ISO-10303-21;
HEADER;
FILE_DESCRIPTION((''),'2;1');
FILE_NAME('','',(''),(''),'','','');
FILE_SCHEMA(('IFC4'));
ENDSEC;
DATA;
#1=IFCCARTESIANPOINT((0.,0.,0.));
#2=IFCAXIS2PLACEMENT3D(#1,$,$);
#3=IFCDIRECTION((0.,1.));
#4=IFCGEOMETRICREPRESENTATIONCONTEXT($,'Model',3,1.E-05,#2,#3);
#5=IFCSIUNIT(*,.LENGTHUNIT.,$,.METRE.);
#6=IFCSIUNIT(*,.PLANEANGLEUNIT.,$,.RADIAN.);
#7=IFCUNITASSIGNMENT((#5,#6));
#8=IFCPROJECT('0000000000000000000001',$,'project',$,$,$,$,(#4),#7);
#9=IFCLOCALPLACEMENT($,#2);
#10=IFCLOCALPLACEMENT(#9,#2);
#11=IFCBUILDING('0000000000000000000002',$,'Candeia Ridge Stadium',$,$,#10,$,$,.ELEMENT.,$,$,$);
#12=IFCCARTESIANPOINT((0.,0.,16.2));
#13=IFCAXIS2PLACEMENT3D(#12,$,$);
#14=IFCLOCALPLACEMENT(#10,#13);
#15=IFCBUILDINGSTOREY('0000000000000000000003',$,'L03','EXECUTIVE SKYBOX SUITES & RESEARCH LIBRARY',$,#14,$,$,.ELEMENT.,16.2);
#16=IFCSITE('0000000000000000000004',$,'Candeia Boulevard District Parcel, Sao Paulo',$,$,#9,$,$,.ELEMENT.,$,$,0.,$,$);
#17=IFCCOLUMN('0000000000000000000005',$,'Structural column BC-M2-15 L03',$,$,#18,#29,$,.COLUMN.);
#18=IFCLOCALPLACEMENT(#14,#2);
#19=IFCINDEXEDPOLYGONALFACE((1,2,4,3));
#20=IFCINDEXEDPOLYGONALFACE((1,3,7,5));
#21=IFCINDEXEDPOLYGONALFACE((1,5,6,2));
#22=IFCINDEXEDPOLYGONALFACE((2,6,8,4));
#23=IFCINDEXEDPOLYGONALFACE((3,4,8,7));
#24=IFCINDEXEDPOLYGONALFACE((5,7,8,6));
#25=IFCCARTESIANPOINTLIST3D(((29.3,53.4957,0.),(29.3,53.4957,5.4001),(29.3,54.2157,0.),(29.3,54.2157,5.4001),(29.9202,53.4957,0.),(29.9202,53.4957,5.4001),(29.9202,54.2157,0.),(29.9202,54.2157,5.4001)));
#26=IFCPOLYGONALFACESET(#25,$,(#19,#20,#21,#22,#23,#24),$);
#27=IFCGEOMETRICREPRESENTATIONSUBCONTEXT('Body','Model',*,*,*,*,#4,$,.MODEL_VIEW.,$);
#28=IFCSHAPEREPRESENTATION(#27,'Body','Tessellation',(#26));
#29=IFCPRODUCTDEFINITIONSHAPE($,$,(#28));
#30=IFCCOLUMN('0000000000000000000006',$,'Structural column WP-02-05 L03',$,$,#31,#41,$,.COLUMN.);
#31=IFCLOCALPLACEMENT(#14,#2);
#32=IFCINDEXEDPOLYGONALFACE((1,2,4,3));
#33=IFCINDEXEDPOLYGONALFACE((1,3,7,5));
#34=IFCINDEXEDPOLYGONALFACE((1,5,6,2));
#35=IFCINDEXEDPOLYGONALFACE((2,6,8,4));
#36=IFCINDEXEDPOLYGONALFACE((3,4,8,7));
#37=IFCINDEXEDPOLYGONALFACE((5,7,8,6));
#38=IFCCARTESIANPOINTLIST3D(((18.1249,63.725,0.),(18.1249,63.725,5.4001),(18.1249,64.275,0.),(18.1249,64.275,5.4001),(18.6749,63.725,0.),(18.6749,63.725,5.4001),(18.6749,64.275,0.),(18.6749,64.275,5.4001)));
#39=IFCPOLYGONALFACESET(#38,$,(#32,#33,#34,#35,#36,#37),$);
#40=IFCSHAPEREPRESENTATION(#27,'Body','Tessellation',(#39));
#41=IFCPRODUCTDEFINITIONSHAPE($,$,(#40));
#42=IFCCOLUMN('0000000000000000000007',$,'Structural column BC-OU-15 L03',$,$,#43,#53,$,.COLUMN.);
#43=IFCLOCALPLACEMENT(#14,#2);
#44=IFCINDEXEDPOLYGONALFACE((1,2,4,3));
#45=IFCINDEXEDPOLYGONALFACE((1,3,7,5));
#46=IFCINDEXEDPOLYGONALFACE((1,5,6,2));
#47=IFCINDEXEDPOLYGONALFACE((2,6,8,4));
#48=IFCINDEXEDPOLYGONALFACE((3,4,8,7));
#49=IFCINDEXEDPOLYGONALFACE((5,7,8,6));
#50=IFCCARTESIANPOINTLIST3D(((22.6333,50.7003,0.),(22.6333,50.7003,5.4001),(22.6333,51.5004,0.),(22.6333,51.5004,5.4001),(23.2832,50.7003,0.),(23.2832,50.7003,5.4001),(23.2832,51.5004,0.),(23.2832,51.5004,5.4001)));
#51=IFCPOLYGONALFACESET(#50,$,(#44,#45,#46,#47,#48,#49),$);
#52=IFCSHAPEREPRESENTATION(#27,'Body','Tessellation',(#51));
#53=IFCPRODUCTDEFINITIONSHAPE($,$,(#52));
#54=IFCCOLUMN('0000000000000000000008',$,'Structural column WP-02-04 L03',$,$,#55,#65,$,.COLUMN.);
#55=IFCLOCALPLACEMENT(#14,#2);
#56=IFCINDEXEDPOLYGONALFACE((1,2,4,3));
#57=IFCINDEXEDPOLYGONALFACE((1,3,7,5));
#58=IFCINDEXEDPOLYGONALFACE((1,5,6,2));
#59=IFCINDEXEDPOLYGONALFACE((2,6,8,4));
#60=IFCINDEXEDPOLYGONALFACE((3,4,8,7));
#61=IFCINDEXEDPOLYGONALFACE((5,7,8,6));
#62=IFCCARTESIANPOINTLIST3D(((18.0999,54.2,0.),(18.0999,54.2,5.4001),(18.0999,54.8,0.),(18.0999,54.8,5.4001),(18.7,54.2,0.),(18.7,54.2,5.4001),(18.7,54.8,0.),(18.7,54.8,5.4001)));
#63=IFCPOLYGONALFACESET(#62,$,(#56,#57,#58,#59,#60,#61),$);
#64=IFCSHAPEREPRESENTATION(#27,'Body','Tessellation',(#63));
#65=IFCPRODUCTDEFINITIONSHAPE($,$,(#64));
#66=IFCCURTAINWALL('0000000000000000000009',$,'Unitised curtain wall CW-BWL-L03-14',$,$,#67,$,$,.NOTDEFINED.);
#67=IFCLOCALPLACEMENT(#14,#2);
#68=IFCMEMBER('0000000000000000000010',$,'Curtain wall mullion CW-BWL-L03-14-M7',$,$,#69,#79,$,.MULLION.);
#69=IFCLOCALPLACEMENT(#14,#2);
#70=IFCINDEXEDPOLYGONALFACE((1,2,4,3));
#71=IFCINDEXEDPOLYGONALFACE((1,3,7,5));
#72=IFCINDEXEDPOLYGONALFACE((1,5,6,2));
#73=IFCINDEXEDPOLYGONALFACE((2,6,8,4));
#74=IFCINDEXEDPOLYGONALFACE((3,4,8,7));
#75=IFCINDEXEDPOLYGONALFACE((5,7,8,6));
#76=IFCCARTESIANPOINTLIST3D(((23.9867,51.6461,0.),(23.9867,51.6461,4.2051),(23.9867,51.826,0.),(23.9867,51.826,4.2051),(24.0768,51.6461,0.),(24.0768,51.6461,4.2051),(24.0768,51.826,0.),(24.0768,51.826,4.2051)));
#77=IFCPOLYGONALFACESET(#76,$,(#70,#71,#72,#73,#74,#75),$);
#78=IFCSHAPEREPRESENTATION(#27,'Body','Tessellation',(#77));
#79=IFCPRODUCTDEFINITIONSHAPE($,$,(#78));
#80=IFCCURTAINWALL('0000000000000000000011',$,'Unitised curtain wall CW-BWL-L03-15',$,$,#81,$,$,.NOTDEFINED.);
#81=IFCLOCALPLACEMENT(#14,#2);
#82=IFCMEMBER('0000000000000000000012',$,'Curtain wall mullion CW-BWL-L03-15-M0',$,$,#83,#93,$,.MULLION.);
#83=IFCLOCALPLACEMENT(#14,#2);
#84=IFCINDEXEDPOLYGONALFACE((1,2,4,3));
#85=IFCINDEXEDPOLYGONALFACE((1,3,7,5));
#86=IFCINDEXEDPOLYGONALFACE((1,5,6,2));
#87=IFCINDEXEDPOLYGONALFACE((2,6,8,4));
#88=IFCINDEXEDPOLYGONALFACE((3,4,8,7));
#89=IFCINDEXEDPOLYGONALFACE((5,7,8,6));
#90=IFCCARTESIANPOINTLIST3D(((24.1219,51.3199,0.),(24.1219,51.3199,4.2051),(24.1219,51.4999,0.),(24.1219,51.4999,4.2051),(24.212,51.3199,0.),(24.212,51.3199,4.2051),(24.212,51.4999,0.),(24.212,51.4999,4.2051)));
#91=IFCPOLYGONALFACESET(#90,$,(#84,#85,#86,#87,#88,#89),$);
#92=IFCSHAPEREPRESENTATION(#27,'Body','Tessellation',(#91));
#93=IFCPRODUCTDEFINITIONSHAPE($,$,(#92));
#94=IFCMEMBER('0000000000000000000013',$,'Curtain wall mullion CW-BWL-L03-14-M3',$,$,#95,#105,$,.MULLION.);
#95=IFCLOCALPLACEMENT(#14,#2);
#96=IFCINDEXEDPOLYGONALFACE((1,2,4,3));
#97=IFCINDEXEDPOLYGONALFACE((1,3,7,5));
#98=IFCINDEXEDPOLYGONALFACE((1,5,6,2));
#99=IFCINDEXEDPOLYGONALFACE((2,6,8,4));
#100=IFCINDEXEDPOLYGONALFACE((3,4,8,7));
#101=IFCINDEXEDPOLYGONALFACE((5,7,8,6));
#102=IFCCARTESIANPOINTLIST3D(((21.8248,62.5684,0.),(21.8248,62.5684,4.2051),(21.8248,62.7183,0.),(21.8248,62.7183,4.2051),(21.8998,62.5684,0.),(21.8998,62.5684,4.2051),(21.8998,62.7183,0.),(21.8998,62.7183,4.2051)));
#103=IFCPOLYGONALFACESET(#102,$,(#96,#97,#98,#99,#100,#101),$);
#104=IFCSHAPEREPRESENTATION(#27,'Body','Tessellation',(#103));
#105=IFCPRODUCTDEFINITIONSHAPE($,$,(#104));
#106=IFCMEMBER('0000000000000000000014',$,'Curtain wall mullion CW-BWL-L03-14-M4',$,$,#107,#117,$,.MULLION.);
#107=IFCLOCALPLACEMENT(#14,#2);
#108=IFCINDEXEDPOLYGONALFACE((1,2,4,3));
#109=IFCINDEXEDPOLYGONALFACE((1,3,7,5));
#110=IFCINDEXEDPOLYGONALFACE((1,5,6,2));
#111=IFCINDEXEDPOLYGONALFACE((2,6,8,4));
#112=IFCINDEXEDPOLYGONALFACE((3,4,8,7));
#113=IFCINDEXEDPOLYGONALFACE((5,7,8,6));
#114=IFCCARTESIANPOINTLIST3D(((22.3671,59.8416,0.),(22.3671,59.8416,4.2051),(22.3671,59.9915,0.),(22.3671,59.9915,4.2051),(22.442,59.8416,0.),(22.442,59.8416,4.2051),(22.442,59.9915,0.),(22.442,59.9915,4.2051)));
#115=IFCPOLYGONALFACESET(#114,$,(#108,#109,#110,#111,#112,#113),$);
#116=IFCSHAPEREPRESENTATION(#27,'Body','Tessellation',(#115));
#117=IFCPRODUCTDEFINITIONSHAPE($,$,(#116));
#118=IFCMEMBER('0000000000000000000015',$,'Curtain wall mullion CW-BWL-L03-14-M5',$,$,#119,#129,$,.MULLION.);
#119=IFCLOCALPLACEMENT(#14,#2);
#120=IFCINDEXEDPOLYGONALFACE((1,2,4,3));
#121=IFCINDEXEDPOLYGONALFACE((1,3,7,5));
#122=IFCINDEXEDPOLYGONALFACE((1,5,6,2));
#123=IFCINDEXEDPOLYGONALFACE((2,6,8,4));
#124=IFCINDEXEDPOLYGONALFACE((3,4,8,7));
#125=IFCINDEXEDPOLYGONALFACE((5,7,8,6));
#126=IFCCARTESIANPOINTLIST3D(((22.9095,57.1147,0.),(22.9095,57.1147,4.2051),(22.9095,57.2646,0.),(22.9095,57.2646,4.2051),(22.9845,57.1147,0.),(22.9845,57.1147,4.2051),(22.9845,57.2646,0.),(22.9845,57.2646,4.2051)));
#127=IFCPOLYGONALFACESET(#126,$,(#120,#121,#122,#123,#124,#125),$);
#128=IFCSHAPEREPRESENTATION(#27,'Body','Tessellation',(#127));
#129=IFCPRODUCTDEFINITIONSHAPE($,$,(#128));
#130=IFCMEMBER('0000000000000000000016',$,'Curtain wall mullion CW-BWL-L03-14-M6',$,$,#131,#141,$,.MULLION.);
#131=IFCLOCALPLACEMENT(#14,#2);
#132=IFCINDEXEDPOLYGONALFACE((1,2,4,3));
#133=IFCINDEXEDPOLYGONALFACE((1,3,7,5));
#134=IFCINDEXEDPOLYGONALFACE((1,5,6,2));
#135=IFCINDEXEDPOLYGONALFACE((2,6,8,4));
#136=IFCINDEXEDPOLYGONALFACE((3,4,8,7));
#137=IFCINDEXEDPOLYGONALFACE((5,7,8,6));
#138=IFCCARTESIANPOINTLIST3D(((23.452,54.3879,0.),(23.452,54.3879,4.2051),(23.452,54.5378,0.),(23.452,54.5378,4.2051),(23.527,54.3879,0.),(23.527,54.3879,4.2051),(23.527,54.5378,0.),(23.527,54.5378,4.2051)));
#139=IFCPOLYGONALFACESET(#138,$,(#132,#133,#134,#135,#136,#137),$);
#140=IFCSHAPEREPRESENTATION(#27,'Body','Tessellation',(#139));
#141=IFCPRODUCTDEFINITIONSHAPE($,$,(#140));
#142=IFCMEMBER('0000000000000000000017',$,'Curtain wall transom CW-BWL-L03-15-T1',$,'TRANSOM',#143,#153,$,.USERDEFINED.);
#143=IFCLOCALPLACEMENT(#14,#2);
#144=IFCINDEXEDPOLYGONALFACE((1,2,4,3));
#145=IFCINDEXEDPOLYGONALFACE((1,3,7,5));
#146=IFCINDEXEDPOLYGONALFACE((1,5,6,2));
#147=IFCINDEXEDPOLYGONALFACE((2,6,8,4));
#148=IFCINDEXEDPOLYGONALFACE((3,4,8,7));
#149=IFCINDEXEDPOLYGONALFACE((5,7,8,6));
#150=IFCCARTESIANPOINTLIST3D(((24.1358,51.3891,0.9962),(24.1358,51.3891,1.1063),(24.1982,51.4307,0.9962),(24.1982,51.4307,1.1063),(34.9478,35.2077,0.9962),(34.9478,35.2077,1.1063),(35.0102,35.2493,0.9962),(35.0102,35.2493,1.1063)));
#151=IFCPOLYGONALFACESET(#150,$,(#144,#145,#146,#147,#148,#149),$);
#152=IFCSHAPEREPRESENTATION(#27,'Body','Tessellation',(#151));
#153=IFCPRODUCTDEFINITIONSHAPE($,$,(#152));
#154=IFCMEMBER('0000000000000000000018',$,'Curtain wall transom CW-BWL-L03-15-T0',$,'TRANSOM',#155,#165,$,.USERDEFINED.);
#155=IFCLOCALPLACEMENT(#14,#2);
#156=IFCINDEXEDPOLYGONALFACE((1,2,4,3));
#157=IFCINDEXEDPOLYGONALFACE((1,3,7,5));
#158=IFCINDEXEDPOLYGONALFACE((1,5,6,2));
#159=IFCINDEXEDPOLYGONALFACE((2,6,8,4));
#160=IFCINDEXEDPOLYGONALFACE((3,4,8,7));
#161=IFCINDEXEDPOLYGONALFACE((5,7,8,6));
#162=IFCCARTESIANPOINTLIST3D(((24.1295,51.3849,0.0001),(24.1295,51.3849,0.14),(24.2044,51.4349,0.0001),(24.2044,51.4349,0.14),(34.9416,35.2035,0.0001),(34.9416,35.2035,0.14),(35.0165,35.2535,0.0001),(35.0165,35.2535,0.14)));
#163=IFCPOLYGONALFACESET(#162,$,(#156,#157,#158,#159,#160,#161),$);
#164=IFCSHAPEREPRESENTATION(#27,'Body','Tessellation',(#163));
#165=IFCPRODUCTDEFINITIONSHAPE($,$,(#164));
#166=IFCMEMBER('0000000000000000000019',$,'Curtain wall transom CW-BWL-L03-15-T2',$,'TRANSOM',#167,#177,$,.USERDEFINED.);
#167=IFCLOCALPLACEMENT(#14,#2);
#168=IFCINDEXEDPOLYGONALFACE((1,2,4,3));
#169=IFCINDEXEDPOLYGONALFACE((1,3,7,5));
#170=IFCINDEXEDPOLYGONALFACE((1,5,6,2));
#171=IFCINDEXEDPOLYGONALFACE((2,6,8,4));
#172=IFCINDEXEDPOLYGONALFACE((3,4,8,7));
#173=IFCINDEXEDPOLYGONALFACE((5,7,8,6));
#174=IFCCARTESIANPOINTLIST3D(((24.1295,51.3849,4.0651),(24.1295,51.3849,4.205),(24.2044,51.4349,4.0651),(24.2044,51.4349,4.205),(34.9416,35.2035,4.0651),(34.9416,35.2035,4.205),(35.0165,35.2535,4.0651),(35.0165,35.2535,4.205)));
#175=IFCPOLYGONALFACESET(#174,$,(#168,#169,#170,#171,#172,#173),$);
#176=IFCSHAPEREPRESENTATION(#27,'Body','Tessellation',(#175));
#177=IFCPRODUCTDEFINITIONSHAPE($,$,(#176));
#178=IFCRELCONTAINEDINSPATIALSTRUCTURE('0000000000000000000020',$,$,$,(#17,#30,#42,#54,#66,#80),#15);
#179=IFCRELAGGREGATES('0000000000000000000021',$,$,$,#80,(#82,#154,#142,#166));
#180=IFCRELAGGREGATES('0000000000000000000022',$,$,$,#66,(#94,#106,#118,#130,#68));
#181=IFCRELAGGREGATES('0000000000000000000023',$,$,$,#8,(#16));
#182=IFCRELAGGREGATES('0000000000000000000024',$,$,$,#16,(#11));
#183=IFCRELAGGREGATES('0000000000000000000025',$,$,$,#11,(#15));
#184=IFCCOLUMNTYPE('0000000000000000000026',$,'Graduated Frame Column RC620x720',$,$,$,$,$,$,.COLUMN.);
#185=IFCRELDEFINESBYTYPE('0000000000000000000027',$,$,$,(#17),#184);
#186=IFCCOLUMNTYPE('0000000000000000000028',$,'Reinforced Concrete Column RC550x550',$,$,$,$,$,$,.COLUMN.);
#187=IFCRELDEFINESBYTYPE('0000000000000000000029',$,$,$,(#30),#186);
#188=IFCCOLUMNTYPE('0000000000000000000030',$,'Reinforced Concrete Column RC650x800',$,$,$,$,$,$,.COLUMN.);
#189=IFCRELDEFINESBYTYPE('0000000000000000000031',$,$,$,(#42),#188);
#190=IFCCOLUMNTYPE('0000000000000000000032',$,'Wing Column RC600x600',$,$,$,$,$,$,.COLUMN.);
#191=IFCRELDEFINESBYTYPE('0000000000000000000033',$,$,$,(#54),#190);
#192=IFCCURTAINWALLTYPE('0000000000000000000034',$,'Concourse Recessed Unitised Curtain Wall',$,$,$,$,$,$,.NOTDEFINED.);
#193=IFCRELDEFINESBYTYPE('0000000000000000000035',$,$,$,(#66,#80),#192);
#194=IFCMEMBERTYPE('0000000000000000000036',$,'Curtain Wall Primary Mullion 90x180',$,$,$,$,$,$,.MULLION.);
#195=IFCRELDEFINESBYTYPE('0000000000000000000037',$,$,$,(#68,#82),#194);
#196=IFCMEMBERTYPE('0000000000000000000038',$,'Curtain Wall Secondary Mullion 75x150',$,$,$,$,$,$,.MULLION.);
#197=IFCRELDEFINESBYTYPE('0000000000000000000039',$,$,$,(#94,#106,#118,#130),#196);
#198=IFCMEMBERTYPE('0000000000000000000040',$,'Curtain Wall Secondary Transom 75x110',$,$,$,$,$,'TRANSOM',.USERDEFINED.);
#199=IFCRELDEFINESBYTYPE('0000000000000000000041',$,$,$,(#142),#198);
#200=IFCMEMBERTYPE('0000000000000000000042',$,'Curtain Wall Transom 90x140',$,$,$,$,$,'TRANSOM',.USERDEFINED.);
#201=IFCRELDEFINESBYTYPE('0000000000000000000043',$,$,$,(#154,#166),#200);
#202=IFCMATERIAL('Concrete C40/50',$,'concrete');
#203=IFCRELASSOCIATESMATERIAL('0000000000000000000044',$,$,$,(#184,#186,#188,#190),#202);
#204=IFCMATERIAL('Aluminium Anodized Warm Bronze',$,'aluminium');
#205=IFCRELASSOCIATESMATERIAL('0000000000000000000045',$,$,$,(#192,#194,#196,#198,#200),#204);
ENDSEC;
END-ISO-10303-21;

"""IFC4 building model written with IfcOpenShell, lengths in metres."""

from ifc_helpers import new_model, si_unit, direction, frame, origin, origin_2d, place, context, subcontext, project, spatial, rectangle, extrude, material, material_profile, profile_set, type_object, element, aggregate, save


model = new_model("IFC4")

# Units and contexts
model_context = context("Model", 3, precision=1e-05, world=origin(), true_north=direction((0.0, 1.0)))
body_context = subcontext(model_context, "Body", "Model", "MODEL_VIEW")
ifc_project = project(units=[si_unit("LENGTHUNIT", "METRE"), si_unit("PLANEANGLEUNIT", "RADIAN")], contexts=[model_context])

# Site, building, storey
site_placement = place(None, origin())
site = spatial("IfcSite", under=ifc_project, at=site_placement, Name="Candeia Boulevard District Parcel, Sao Paulo", CompositionType="ELEMENT", RefElevation=0.0)
building_placement = place(site_placement, origin())
building = spatial("IfcBuilding", under=site, at=building_placement, Name="Candeia Ridge Stadium", CompositionType="ELEMENT")
storey_placement = place(building_placement, frame((0.0, 0.0, 16.2)))
storey = spatial("IfcBuildingStorey", under=building, at=storey_placement, Name="L03", Description="EXECUTIVE SKYBOX SUITES & RESEARCH LIBRARY", CompositionType="ELEMENT", Elevation=16.2)

# Columns
ifc_material_1 = material(Name="Concrete C40/50", Category="concrete")
ifc_material_profile_1 = material_profile(ifc_material_1, rectangle(XDim=0.6201, YDim=0.72, at=origin_2d()), Name="RC620x720", Category="concrete")
ifc_profile_set_1 = profile_set([ifc_material_profile_1], Name="Concrete C40/50")
column_type_1 = type_object("IfcColumnType", Name="Graduated Frame Column RC620x720", PredefinedType="COLUMN", material=ifc_profile_set_1)
column_1_placement = place(storey_placement, frame((29.6101, 53.8557, 0.0), z_axis=(0.0, 0.0, 1.0), x_axis=(1.0, 0.0, 0.0)))
element("IfcColumn", 1, at=column_1_placement, inside=storey, type_object=column_type_1, Name="Structural column BC-M2-15 L03", PredefinedType="COLUMN", context=body_context, shape_type="SweptSolid", body=[
    extrude(rectangle(XDim=0.6201, YDim=0.72, at=origin_2d()), origin(), (0.0, 0.0, 1.0), 5.4001),
])
ifc_material_profile_2 = material_profile(ifc_material_1, rectangle(XDim=0.55, YDim=0.55, at=origin_2d()), Name="RC550x550", Category="concrete")
ifc_profile_set_2 = profile_set([ifc_material_profile_2], Name="Concrete C40/50")
column_type_2 = type_object("IfcColumnType", Name="Reinforced Concrete Column RC550x550", PredefinedType="COLUMN", material=ifc_profile_set_2)
column_2_placement = place(storey_placement, frame((18.3999, 64.0, 0.0), z_axis=(0.0, 0.0, 1.0), x_axis=(1.0, 0.0, 0.0)))
element("IfcColumn", 2, at=column_2_placement, inside=storey, type_object=column_type_2, Name="Structural column WP-02-05 L03", PredefinedType="COLUMN", context=body_context, shape_type="SweptSolid", body=[
    extrude(rectangle(XDim=0.55, YDim=0.55, at=origin_2d()), origin(), (0.0, 0.0, 1.0), 5.4001),
])
ifc_material_profile_3 = material_profile(ifc_material_1, rectangle(XDim=0.6499, YDim=0.8, at=origin_2d()), Name="RC650x800", Category="concrete")
ifc_profile_set_3 = profile_set([ifc_material_profile_3], Name="Concrete C40/50")
column_type_3 = type_object("IfcColumnType", Name="Reinforced Concrete Column RC650x800", PredefinedType="COLUMN", material=ifc_profile_set_3)
column_3_placement = place(storey_placement, frame((22.9583, 51.1003, 0.0), z_axis=(0.0, 0.0, 1.0), x_axis=(1.0, 0.0, 0.0)))
element("IfcColumn", 3, at=column_3_placement, inside=storey, type_object=column_type_3, Name="Structural column BC-OU-15 L03", PredefinedType="COLUMN", context=body_context, shape_type="SweptSolid", body=[
    extrude(rectangle(XDim=0.6499, YDim=0.8, at=origin_2d()), origin(), (0.0, 0.0, 1.0), 5.4001),
])
ifc_material_profile_4 = material_profile(ifc_material_1, rectangle(XDim=0.6001, YDim=0.6001, at=origin_2d()), Name="RC600x600", Category="concrete")
ifc_profile_set_4 = profile_set([ifc_material_profile_4], Name="Concrete C40/50")
column_type_4 = type_object("IfcColumnType", Name="Wing Column RC600x600", PredefinedType="COLUMN", material=ifc_profile_set_4)
column_4_placement = place(storey_placement, frame((18.3999, 54.5, 0.0), z_axis=(0.0, 0.0, 1.0), x_axis=(1.0, 0.0, 0.0)))
element("IfcColumn", 4, at=column_4_placement, inside=storey, type_object=column_type_4, Name="Structural column WP-02-04 L03", PredefinedType="COLUMN", context=body_context, shape_type="SweptSolid", body=[
    extrude(rectangle(XDim=0.6001, YDim=0.6001, at=origin_2d()), origin(), (0.0, 0.0, 1.0), 5.4001),
])

# Curtain walls, members
ifc_material_2 = material(Name="Aluminium Anodized Warm Bronze", Category="aluminium")
curtain_wall_type = type_object("IfcCurtainWallType", Name="Concourse Recessed Unitised Curtain Wall", PredefinedType="NOTDEFINED", material=ifc_material_2)
curtain_wall_1_placement = place(storey_placement, origin())
curtain_wall_1 = element("IfcCurtainWall", 5, at=curtain_wall_1_placement, inside=storey, type_object=curtain_wall_type, Name="Unitised curtain wall CW-BWL-L03-14", PredefinedType="NOTDEFINED")
ifc_material_profile_5 = material_profile(ifc_material_2, rectangle(XDim=0.0901, YDim=0.1799, at=origin_2d()), Name="CWM-90x180", Category="aluminium")
ifc_profile_set_5 = profile_set([ifc_material_profile_5], Name="Aluminium Anodized Warm Bronze")
member_type_1 = type_object("IfcMemberType", Name="Curtain Wall Primary Mullion 90x180", PredefinedType="MULLION", material=ifc_profile_set_5)
member_1_placement = place(storey_placement, frame((24.0317, 51.7361, 0.0), z_axis=(0.0, 0.0, 1.0), x_axis=(1.0, 0.0, 0.0)))
member_1 = element("IfcMember", 6, at=member_1_placement, type_object=member_type_1, Name="Curtain wall mullion CW-BWL-L03-14-M7", PredefinedType="MULLION", context=body_context, shape_type="SweptSolid", body=[
    extrude(rectangle(XDim=0.0901, YDim=0.1799, at=origin_2d()), origin(), (0.0, 0.0, 1.0), 4.2051),
])
curtain_wall_2_placement = place(storey_placement, origin())
curtain_wall_2 = element("IfcCurtainWall", 7, at=curtain_wall_2_placement, inside=storey, type_object=curtain_wall_type, Name="Unitised curtain wall CW-BWL-L03-15", PredefinedType="NOTDEFINED")
member_2_placement = place(storey_placement, frame((24.167, 51.4099, 0.0), z_axis=(0.0, 0.0, 1.0), x_axis=(1.0, 0.0, 0.0)))
member_2 = element("IfcMember", 8, at=member_2_placement, type_object=member_type_1, Name="Curtain wall mullion CW-BWL-L03-15-M0", PredefinedType="MULLION", context=body_context, shape_type="SweptSolid", body=[
    extrude(rectangle(XDim=0.0901, YDim=0.1799, at=origin_2d()), origin(), (0.0, 0.0, 1.0), 4.2051),
])

# Members
ifc_material_profile_6 = material_profile(ifc_material_2, rectangle(XDim=0.075, YDim=0.1499, at=origin_2d()), Name="CWM-75x150", Category="aluminium")
ifc_profile_set_6 = profile_set([ifc_material_profile_6], Name="Aluminium Anodized Warm Bronze")
member_type_2 = type_object("IfcMemberType", Name="Curtain Wall Secondary Mullion 75x150", PredefinedType="MULLION", material=ifc_profile_set_6)
member_3_placement = place(storey_placement, frame((21.8623, 62.6433, 0.0), z_axis=(0.0, 0.0, 1.0), x_axis=(1.0, 0.0, 0.0)))
member_3 = element("IfcMember", 9, at=member_3_placement, type_object=member_type_2, Name="Curtain wall mullion CW-BWL-L03-14-M3", PredefinedType="MULLION", context=body_context, shape_type="SweptSolid", body=[
    extrude(rectangle(XDim=0.075, YDim=0.1499, at=origin_2d()), origin(), (0.0, 0.0, 1.0), 4.2051),
])
member_4_placement = place(storey_placement, frame((22.4045, 59.9165, 0.0), z_axis=(0.0, 0.0, 1.0), x_axis=(1.0, 0.0, 0.0)))
member_4 = element("IfcMember", 10, at=member_4_placement, type_object=member_type_2, Name="Curtain wall mullion CW-BWL-L03-14-M4", PredefinedType="MULLION", context=body_context, shape_type="SweptSolid", body=[
    extrude(rectangle(XDim=0.075, YDim=0.1499, at=origin_2d()), origin(), (0.0, 0.0, 1.0), 4.2051),
])
member_5_placement = place(storey_placement, frame((22.947, 57.1897, 0.0), z_axis=(0.0, 0.0, 1.0), x_axis=(1.0, 0.0, 0.0)))
member_5 = element("IfcMember", 11, at=member_5_placement, type_object=member_type_2, Name="Curtain wall mullion CW-BWL-L03-14-M5", PredefinedType="MULLION", context=body_context, shape_type="SweptSolid", body=[
    extrude(rectangle(XDim=0.075, YDim=0.1499, at=origin_2d()), origin(), (0.0, 0.0, 1.0), 4.2051),
])
member_6_placement = place(storey_placement, frame((23.4895, 54.4629, 0.0), z_axis=(0.0, 0.0, 1.0), x_axis=(1.0, 0.0, 0.0)))
member_6 = element("IfcMember", 12, at=member_6_placement, type_object=member_type_2, Name="Curtain wall mullion CW-BWL-L03-14-M6", PredefinedType="MULLION", context=body_context, shape_type="SweptSolid", body=[
    extrude(rectangle(XDim=0.075, YDim=0.1499, at=origin_2d()), origin(), (0.0, 0.0, 1.0), 4.2051),
])
ifc_material_profile_7 = material_profile(ifc_material_2, rectangle(XDim=0.075, YDim=0.1101, at=origin_2d()), Name="CWT-75x110", Category="aluminium")
ifc_profile_set_7 = profile_set([ifc_material_profile_7], Name="Aluminium Anodized Warm Bronze")
member_type_3 = type_object("IfcMemberType", Name="Curtain Wall Secondary Transom 75x110", ElementType="TRANSOM", PredefinedType="USERDEFINED", material=ifc_profile_set_7)
member_7_placement = place(storey_placement, frame((24.167, 51.4099, 1.0513), z_axis=(0.555568, -0.831471, 0.0), x_axis=(0.831471, 0.555568, 0.0)))
member_7 = element("IfcMember", 13, at=member_7_placement, type_object=member_type_3, Name="Curtain wall transom CW-BWL-L03-15-T1", ObjectType="TRANSOM", PredefinedType="USERDEFINED", context=body_context, shape_type="SweptSolid", body=[
    extrude(rectangle(XDim=0.075, YDim=0.1101, at=origin_2d()), origin(), (0.0, 0.0, 1.0), 19.4612),
])
ifc_material_profile_8 = material_profile(ifc_material_2, rectangle(XDim=0.0901, YDim=0.1399, at=origin_2d()), Name="CWT-90x140", Category="aluminium")
ifc_profile_set_8 = profile_set([ifc_material_profile_8], Name="Aluminium Anodized Warm Bronze")
member_type_4 = type_object("IfcMemberType", Name="Curtain Wall Transom 90x140", ElementType="TRANSOM", PredefinedType="USERDEFINED", material=ifc_profile_set_8)
member_8_placement = place(storey_placement, frame((24.167, 51.4099, 0.0701), z_axis=(0.555568, -0.831471, 0.0), x_axis=(0.831471, 0.555568, 0.0)))
member_8 = element("IfcMember", 14, at=member_8_placement, type_object=member_type_4, Name="Curtain wall transom CW-BWL-L03-15-T0", ObjectType="TRANSOM", PredefinedType="USERDEFINED", context=body_context, shape_type="SweptSolid", body=[
    extrude(rectangle(XDim=0.0901, YDim=0.1399, at=origin_2d()), origin(), (0.0, 0.0, 1.0), 19.4612),
])
member_9_placement = place(storey_placement, frame((24.167, 51.4099, 4.135), z_axis=(0.555568, -0.831471, 0.0), x_axis=(0.831471, 0.555568, 0.0)))
member_9 = element("IfcMember", 15, at=member_9_placement, type_object=member_type_4, Name="Curtain wall transom CW-BWL-L03-15-T2", ObjectType="TRANSOM", PredefinedType="USERDEFINED", context=body_context, shape_type="SweptSolid", body=[
    extrude(rectangle(XDim=0.0901, YDim=0.1399, at=origin_2d()), origin(), (0.0, 0.0, 1.0), 19.4612),
])
aggregate(curtain_wall_2, [member_2, member_8, member_7, member_9])

aggregate(curtain_wall_1, [member_3, member_4, member_5, member_6, member_1])

save(model, "model.ifc")
